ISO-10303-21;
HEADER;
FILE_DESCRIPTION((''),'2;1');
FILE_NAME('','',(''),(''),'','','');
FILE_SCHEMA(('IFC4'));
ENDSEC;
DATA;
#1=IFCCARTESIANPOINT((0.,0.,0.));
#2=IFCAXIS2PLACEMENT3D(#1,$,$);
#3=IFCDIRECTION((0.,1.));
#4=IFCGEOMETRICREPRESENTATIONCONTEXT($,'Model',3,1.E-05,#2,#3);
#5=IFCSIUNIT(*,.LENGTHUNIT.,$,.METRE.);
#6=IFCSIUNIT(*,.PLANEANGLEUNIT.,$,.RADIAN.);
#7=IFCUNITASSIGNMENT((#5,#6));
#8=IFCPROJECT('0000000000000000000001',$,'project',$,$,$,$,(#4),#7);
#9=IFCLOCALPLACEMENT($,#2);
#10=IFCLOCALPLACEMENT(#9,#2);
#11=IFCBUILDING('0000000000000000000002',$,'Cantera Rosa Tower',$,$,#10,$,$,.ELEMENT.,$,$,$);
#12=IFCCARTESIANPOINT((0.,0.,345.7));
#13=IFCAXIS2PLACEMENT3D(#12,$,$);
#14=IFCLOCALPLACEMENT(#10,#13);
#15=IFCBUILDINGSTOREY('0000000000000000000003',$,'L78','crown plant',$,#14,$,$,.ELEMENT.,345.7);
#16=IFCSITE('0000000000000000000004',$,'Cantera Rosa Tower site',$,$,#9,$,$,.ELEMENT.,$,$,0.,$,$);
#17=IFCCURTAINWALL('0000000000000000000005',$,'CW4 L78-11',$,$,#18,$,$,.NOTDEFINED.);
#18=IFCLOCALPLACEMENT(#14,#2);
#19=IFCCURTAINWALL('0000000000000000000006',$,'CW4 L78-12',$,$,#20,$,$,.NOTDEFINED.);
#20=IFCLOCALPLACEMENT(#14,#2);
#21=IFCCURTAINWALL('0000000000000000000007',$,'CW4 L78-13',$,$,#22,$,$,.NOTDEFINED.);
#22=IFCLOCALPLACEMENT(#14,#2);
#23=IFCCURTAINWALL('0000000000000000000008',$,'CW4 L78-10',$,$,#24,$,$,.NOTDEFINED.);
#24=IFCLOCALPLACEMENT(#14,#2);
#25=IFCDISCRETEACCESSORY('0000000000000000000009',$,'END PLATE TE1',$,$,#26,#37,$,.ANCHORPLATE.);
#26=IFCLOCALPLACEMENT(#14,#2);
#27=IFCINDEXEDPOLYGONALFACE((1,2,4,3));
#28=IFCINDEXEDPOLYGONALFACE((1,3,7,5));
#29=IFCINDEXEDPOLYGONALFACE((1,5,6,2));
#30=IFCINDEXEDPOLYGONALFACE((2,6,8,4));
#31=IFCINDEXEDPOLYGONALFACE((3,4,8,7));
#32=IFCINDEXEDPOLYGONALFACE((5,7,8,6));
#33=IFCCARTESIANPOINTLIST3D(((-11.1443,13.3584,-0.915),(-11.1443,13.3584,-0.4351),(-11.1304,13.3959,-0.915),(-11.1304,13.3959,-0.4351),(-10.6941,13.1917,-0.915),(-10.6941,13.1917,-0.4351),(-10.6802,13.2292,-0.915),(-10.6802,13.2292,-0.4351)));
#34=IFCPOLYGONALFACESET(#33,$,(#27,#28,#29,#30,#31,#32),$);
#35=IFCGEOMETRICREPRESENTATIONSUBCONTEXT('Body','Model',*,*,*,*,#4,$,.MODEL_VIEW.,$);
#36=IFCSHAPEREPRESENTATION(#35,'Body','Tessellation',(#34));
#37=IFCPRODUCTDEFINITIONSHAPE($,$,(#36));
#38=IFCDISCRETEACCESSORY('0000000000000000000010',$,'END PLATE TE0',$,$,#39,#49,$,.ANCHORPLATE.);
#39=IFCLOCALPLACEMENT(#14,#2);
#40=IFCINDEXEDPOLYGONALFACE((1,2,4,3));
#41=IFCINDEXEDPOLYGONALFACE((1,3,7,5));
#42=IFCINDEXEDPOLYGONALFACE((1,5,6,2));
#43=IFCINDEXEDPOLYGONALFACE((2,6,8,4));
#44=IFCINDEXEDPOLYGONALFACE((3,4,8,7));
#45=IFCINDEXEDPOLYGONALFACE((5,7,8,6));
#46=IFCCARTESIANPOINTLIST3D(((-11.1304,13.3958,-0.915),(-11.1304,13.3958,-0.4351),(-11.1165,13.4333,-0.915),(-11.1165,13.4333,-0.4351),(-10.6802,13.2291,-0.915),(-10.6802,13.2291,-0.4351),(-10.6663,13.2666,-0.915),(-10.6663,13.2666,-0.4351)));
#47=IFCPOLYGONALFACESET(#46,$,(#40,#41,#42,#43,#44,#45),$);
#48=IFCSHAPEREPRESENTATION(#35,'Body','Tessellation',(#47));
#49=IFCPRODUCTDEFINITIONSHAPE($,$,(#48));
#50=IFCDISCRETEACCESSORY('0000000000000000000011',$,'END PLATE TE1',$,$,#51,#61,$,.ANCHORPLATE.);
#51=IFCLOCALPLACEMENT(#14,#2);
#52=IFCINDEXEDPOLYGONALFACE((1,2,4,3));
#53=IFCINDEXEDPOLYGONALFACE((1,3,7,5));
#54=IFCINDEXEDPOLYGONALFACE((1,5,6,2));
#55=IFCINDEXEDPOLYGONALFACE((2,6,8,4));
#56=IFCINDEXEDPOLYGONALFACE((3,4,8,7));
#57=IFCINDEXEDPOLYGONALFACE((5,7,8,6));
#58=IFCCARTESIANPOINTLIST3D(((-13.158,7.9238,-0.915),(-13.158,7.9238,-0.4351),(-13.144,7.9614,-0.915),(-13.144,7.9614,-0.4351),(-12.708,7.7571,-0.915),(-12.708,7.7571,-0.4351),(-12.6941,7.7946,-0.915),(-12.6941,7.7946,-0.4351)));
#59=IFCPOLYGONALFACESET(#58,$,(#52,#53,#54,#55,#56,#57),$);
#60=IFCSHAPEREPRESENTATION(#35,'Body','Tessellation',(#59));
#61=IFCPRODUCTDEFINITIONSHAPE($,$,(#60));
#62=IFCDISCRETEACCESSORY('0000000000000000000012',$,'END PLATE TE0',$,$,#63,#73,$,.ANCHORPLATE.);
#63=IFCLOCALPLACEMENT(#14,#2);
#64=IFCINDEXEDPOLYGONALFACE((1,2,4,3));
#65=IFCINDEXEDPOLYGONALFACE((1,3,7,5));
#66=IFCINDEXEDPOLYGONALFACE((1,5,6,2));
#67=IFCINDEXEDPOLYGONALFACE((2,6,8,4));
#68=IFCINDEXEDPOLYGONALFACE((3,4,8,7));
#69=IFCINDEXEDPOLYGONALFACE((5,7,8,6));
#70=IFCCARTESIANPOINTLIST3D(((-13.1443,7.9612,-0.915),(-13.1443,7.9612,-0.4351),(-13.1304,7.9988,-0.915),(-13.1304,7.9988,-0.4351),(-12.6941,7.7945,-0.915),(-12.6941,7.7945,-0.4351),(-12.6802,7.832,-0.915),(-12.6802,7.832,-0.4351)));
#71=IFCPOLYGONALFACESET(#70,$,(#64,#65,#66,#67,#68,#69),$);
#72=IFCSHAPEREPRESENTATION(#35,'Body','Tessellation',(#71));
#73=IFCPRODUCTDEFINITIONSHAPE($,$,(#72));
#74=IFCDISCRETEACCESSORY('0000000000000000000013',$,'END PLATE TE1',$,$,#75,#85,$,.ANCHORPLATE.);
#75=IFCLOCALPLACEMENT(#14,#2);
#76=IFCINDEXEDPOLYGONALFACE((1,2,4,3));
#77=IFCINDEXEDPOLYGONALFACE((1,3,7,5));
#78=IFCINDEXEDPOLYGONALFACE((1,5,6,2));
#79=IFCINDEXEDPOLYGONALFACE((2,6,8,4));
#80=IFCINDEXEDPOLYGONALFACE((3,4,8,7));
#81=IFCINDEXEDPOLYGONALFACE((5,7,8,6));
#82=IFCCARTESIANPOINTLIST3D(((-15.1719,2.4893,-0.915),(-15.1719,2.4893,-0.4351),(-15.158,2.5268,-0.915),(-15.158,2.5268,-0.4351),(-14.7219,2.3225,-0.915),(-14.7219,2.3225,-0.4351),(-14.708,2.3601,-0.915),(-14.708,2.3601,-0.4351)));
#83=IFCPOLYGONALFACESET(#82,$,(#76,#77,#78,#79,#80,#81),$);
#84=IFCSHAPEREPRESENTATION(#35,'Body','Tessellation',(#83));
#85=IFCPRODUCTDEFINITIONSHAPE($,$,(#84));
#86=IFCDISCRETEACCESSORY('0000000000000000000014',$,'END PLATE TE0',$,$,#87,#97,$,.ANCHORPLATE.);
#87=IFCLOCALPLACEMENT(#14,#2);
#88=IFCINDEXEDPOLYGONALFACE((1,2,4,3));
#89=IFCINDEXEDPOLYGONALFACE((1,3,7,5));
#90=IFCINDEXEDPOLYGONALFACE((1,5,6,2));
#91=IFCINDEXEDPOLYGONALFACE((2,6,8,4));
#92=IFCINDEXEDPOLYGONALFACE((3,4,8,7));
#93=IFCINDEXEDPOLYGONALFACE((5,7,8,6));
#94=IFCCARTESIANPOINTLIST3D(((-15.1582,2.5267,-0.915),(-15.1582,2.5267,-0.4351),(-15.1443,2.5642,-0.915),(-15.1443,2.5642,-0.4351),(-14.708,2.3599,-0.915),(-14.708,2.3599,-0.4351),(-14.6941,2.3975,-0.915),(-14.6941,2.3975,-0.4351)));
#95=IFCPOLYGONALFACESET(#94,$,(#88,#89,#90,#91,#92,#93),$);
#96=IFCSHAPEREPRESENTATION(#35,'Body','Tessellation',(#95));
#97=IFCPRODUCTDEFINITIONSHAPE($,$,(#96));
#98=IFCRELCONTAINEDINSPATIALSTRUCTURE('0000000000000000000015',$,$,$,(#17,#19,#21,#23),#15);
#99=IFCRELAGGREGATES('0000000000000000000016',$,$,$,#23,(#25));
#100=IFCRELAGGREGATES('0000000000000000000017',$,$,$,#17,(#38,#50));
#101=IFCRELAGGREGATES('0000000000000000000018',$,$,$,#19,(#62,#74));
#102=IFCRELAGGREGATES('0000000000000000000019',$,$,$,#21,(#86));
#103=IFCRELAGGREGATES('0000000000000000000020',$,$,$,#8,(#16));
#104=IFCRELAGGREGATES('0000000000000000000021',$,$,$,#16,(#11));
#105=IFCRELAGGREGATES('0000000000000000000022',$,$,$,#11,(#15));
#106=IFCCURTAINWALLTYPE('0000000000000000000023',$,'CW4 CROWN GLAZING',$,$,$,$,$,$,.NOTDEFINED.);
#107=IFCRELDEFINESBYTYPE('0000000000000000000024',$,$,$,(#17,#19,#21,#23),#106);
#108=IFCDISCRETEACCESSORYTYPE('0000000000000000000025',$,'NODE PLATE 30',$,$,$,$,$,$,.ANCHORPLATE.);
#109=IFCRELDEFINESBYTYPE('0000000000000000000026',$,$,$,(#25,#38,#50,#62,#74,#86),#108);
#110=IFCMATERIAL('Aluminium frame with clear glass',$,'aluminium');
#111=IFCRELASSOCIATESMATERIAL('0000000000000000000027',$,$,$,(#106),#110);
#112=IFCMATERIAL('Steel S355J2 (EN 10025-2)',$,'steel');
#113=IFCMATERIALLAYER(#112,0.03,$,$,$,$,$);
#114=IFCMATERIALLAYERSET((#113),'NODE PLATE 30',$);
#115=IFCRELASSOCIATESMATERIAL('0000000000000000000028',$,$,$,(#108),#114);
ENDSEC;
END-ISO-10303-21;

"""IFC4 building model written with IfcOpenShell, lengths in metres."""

from ifc_helpers import new_model, si_unit, direction, frame, origin, place, context, subcontext, project, spatial, polyline, outline, extrude, material, layer, layer_set, type_object, element, aggregate, save


model = new_model("IFC4")

# Units and contexts
model_context = context("Model", 3, precision=1e-05, world=origin(), true_north=direction((0.0, 1.0)))
body_context = subcontext(model_context, "Body", "Model", "MODEL_VIEW")
ifc_project = project(units=[si_unit("LENGTHUNIT", "METRE"), si_unit("PLANEANGLEUNIT", "RADIAN")], contexts=[model_context])

# Site, building, storey
site_placement = place(None, origin())
site = spatial("IfcSite", under=ifc_project, at=site_placement, Name="Cantera Rosa Tower site", CompositionType="ELEMENT", RefElevation=0.0)
building_placement = place(site_placement, origin())
building = spatial("IfcBuilding", under=site, at=building_placement, Name="Cantera Rosa Tower", CompositionType="ELEMENT")
storey_placement = place(building_placement, frame((0.0, 0.0, 345.7)))
storey = spatial("IfcBuildingStorey", under=building, at=storey_placement, Name="L78", Description="crown plant", CompositionType="ELEMENT", Elevation=345.7)

# Curtain walls
ifc_material_1 = material(Name="Aluminium frame with clear glass", Category="aluminium")
curtain_wall_type = type_object("IfcCurtainWallType", Name="CW4 CROWN GLAZING", PredefinedType="NOTDEFINED", material=ifc_material_1)
curtain_wall_1_placement = place(storey_placement, origin())
curtain_wall_1 = element("IfcCurtainWall", 1, at=curtain_wall_1_placement, inside=storey, type_object=curtain_wall_type, Name="CW4 L78-11", PredefinedType="NOTDEFINED")
curtain_wall_2_placement = place(storey_placement, origin())
curtain_wall_2 = element("IfcCurtainWall", 2, at=curtain_wall_2_placement, inside=storey, type_object=curtain_wall_type, Name="CW4 L78-12", PredefinedType="NOTDEFINED")
curtain_wall_3_placement = place(storey_placement, origin())
curtain_wall_3 = element("IfcCurtainWall", 3, at=curtain_wall_3_placement, inside=storey, type_object=curtain_wall_type, Name="CW4 L78-13", PredefinedType="NOTDEFINED")

# Curtain wall, discrete accessory
curtain_wall_4_placement = place(storey_placement, origin())
curtain_wall_4 = element("IfcCurtainWall", 4, at=curtain_wall_4_placement, inside=storey, type_object=curtain_wall_type, Name="CW4 L78-10", PredefinedType="NOTDEFINED")
ifc_material_2 = material(Name="Steel S355J2 (EN 10025-2)", Category="steel")
ifc_layer_1 = layer(ifc_material_2, 0.03)
ifc_layer_set_1 = layer_set([ifc_layer_1], Name="NODE PLATE 30")
discrete_accessory_type = type_object("IfcDiscreteAccessoryType", Name="NODE PLATE 30", PredefinedType="ANCHORPLATE", material=ifc_layer_set_1)
discrete_accessory_1_placement = place(storey_placement, frame((-10.6941, 13.1917, -0.4351), z_axis=(-0.347331, -0.937743, 0.0), x_axis=(-0.937743, 0.347331, 0.0)))
discrete_accessory_1 = element("IfcDiscreteAccessory", 5, at=discrete_accessory_1_placement, type_object=discrete_accessory_type, Name="END PLATE TE1", PredefinedType="ANCHORPLATE", context=body_context, shape_type="SweptSolid", body=[
    extrude(outline(polyline([(0.0, 0.0), (0.4801, 0.0), (0.4801, 0.48), (0.0, 0.48), (0.0, 0.0)])), origin(), (0.0, 0.0, -1.0), 0.04),
])
aggregate(curtain_wall_4, [discrete_accessory_1])

# Discrete accessories
discrete_accessory_2_placement = place(storey_placement, frame((-11.1165, 13.4333, -0.4351), z_axis=(0.347331, 0.937743, 0.0), x_axis=(0.937743, -0.347331, 0.0)))
discrete_accessory_2 = element("IfcDiscreteAccessory", 6, at=discrete_accessory_2_placement, type_object=discrete_accessory_type, Name="END PLATE TE0", PredefinedType="ANCHORPLATE", context=body_context, shape_type="SweptSolid", body=[
    extrude(outline(polyline([(0.0, 0.0), (0.4801, 0.0), (0.4801, 0.48), (0.0, 0.48), (0.0, 0.0)])), origin(), (0.0, 0.0, -1.0), 0.04),
])
discrete_accessory_3_placement = place(storey_placement, frame((-12.708, 7.7571, -0.4351), z_axis=(-0.347497, -0.937681, 0.0), x_axis=(-0.937681, 0.347497, 0.0)))
discrete_accessory_3 = element("IfcDiscreteAccessory", 7, at=discrete_accessory_3_placement, type_object=discrete_accessory_type, Name="END PLATE TE1", PredefinedType="ANCHORPLATE", context=body_context, shape_type="SweptSolid", body=[
    extrude(outline(polyline([(0.0, 0.0), (0.4799, 0.0), (0.4799, 0.48), (0.0, 0.48), (0.0, 0.0)])), origin(), (0.0, 0.0, -1.0), 0.04),
])
aggregate(curtain_wall_1, [discrete_accessory_2, discrete_accessory_3])
discrete_accessory_4_placement = place(storey_placement, frame((-13.1304, 7.9988, -0.4351), z_axis=(0.347331, 0.937743, 0.0), x_axis=(0.937743, -0.347331, 0.0)))
discrete_accessory_4 = element("IfcDiscreteAccessory", 8, at=discrete_accessory_4_placement, type_object=discrete_accessory_type, Name="END PLATE TE0", PredefinedType="ANCHORPLATE", context=body_context, shape_type="SweptSolid", body=[
    extrude(outline(polyline([(0.0, 0.0), (0.4801, 0.0), (0.4801, 0.48), (0.0, 0.48), (0.0, 0.0)])), origin(), (0.0, 0.0, -1.0), 0.04),
])
discrete_accessory_5_placement = place(storey_placement, frame((-14.7219, 2.3225, -0.4351), z_axis=(-0.347497, -0.937681, 0.0), x_axis=(-0.937681, 0.347497, 0.0)))
discrete_accessory_5 = element("IfcDiscreteAccessory", 9, at=discrete_accessory_5_placement, type_object=discrete_accessory_type, Name="END PLATE TE1", PredefinedType="ANCHORPLATE", context=body_context, shape_type="SweptSolid", body=[
    extrude(outline(polyline([(0.0, 0.0), (0.4799, 0.0), (0.4799, 0.48), (0.0, 0.48), (0.0, 0.0)])), origin(), (0.0, 0.0, -1.0), 0.04),
])
aggregate(curtain_wall_2, [discrete_accessory_4, discrete_accessory_5])
discrete_accessory_6_placement = place(storey_placement, frame((-15.1443, 2.5642, -0.4351), z_axis=(0.347331, 0.937743, 0.0), x_axis=(0.937743, -0.347331, 0.0)))
discrete_accessory_6 = element("IfcDiscreteAccessory", 10, at=discrete_accessory_6_placement, type_object=discrete_accessory_type, Name="END PLATE TE0", PredefinedType="ANCHORPLATE", context=body_context, shape_type="SweptSolid", body=[
    extrude(outline(polyline([(0.0, 0.0), (0.4801, 0.0), (0.4801, 0.48), (0.0, 0.48), (0.0, 0.0)])), origin(), (0.0, 0.0, -1.0), 0.04),
])
aggregate(curtain_wall_3, [discrete_accessory_6])

save(model, "model.ifc")
